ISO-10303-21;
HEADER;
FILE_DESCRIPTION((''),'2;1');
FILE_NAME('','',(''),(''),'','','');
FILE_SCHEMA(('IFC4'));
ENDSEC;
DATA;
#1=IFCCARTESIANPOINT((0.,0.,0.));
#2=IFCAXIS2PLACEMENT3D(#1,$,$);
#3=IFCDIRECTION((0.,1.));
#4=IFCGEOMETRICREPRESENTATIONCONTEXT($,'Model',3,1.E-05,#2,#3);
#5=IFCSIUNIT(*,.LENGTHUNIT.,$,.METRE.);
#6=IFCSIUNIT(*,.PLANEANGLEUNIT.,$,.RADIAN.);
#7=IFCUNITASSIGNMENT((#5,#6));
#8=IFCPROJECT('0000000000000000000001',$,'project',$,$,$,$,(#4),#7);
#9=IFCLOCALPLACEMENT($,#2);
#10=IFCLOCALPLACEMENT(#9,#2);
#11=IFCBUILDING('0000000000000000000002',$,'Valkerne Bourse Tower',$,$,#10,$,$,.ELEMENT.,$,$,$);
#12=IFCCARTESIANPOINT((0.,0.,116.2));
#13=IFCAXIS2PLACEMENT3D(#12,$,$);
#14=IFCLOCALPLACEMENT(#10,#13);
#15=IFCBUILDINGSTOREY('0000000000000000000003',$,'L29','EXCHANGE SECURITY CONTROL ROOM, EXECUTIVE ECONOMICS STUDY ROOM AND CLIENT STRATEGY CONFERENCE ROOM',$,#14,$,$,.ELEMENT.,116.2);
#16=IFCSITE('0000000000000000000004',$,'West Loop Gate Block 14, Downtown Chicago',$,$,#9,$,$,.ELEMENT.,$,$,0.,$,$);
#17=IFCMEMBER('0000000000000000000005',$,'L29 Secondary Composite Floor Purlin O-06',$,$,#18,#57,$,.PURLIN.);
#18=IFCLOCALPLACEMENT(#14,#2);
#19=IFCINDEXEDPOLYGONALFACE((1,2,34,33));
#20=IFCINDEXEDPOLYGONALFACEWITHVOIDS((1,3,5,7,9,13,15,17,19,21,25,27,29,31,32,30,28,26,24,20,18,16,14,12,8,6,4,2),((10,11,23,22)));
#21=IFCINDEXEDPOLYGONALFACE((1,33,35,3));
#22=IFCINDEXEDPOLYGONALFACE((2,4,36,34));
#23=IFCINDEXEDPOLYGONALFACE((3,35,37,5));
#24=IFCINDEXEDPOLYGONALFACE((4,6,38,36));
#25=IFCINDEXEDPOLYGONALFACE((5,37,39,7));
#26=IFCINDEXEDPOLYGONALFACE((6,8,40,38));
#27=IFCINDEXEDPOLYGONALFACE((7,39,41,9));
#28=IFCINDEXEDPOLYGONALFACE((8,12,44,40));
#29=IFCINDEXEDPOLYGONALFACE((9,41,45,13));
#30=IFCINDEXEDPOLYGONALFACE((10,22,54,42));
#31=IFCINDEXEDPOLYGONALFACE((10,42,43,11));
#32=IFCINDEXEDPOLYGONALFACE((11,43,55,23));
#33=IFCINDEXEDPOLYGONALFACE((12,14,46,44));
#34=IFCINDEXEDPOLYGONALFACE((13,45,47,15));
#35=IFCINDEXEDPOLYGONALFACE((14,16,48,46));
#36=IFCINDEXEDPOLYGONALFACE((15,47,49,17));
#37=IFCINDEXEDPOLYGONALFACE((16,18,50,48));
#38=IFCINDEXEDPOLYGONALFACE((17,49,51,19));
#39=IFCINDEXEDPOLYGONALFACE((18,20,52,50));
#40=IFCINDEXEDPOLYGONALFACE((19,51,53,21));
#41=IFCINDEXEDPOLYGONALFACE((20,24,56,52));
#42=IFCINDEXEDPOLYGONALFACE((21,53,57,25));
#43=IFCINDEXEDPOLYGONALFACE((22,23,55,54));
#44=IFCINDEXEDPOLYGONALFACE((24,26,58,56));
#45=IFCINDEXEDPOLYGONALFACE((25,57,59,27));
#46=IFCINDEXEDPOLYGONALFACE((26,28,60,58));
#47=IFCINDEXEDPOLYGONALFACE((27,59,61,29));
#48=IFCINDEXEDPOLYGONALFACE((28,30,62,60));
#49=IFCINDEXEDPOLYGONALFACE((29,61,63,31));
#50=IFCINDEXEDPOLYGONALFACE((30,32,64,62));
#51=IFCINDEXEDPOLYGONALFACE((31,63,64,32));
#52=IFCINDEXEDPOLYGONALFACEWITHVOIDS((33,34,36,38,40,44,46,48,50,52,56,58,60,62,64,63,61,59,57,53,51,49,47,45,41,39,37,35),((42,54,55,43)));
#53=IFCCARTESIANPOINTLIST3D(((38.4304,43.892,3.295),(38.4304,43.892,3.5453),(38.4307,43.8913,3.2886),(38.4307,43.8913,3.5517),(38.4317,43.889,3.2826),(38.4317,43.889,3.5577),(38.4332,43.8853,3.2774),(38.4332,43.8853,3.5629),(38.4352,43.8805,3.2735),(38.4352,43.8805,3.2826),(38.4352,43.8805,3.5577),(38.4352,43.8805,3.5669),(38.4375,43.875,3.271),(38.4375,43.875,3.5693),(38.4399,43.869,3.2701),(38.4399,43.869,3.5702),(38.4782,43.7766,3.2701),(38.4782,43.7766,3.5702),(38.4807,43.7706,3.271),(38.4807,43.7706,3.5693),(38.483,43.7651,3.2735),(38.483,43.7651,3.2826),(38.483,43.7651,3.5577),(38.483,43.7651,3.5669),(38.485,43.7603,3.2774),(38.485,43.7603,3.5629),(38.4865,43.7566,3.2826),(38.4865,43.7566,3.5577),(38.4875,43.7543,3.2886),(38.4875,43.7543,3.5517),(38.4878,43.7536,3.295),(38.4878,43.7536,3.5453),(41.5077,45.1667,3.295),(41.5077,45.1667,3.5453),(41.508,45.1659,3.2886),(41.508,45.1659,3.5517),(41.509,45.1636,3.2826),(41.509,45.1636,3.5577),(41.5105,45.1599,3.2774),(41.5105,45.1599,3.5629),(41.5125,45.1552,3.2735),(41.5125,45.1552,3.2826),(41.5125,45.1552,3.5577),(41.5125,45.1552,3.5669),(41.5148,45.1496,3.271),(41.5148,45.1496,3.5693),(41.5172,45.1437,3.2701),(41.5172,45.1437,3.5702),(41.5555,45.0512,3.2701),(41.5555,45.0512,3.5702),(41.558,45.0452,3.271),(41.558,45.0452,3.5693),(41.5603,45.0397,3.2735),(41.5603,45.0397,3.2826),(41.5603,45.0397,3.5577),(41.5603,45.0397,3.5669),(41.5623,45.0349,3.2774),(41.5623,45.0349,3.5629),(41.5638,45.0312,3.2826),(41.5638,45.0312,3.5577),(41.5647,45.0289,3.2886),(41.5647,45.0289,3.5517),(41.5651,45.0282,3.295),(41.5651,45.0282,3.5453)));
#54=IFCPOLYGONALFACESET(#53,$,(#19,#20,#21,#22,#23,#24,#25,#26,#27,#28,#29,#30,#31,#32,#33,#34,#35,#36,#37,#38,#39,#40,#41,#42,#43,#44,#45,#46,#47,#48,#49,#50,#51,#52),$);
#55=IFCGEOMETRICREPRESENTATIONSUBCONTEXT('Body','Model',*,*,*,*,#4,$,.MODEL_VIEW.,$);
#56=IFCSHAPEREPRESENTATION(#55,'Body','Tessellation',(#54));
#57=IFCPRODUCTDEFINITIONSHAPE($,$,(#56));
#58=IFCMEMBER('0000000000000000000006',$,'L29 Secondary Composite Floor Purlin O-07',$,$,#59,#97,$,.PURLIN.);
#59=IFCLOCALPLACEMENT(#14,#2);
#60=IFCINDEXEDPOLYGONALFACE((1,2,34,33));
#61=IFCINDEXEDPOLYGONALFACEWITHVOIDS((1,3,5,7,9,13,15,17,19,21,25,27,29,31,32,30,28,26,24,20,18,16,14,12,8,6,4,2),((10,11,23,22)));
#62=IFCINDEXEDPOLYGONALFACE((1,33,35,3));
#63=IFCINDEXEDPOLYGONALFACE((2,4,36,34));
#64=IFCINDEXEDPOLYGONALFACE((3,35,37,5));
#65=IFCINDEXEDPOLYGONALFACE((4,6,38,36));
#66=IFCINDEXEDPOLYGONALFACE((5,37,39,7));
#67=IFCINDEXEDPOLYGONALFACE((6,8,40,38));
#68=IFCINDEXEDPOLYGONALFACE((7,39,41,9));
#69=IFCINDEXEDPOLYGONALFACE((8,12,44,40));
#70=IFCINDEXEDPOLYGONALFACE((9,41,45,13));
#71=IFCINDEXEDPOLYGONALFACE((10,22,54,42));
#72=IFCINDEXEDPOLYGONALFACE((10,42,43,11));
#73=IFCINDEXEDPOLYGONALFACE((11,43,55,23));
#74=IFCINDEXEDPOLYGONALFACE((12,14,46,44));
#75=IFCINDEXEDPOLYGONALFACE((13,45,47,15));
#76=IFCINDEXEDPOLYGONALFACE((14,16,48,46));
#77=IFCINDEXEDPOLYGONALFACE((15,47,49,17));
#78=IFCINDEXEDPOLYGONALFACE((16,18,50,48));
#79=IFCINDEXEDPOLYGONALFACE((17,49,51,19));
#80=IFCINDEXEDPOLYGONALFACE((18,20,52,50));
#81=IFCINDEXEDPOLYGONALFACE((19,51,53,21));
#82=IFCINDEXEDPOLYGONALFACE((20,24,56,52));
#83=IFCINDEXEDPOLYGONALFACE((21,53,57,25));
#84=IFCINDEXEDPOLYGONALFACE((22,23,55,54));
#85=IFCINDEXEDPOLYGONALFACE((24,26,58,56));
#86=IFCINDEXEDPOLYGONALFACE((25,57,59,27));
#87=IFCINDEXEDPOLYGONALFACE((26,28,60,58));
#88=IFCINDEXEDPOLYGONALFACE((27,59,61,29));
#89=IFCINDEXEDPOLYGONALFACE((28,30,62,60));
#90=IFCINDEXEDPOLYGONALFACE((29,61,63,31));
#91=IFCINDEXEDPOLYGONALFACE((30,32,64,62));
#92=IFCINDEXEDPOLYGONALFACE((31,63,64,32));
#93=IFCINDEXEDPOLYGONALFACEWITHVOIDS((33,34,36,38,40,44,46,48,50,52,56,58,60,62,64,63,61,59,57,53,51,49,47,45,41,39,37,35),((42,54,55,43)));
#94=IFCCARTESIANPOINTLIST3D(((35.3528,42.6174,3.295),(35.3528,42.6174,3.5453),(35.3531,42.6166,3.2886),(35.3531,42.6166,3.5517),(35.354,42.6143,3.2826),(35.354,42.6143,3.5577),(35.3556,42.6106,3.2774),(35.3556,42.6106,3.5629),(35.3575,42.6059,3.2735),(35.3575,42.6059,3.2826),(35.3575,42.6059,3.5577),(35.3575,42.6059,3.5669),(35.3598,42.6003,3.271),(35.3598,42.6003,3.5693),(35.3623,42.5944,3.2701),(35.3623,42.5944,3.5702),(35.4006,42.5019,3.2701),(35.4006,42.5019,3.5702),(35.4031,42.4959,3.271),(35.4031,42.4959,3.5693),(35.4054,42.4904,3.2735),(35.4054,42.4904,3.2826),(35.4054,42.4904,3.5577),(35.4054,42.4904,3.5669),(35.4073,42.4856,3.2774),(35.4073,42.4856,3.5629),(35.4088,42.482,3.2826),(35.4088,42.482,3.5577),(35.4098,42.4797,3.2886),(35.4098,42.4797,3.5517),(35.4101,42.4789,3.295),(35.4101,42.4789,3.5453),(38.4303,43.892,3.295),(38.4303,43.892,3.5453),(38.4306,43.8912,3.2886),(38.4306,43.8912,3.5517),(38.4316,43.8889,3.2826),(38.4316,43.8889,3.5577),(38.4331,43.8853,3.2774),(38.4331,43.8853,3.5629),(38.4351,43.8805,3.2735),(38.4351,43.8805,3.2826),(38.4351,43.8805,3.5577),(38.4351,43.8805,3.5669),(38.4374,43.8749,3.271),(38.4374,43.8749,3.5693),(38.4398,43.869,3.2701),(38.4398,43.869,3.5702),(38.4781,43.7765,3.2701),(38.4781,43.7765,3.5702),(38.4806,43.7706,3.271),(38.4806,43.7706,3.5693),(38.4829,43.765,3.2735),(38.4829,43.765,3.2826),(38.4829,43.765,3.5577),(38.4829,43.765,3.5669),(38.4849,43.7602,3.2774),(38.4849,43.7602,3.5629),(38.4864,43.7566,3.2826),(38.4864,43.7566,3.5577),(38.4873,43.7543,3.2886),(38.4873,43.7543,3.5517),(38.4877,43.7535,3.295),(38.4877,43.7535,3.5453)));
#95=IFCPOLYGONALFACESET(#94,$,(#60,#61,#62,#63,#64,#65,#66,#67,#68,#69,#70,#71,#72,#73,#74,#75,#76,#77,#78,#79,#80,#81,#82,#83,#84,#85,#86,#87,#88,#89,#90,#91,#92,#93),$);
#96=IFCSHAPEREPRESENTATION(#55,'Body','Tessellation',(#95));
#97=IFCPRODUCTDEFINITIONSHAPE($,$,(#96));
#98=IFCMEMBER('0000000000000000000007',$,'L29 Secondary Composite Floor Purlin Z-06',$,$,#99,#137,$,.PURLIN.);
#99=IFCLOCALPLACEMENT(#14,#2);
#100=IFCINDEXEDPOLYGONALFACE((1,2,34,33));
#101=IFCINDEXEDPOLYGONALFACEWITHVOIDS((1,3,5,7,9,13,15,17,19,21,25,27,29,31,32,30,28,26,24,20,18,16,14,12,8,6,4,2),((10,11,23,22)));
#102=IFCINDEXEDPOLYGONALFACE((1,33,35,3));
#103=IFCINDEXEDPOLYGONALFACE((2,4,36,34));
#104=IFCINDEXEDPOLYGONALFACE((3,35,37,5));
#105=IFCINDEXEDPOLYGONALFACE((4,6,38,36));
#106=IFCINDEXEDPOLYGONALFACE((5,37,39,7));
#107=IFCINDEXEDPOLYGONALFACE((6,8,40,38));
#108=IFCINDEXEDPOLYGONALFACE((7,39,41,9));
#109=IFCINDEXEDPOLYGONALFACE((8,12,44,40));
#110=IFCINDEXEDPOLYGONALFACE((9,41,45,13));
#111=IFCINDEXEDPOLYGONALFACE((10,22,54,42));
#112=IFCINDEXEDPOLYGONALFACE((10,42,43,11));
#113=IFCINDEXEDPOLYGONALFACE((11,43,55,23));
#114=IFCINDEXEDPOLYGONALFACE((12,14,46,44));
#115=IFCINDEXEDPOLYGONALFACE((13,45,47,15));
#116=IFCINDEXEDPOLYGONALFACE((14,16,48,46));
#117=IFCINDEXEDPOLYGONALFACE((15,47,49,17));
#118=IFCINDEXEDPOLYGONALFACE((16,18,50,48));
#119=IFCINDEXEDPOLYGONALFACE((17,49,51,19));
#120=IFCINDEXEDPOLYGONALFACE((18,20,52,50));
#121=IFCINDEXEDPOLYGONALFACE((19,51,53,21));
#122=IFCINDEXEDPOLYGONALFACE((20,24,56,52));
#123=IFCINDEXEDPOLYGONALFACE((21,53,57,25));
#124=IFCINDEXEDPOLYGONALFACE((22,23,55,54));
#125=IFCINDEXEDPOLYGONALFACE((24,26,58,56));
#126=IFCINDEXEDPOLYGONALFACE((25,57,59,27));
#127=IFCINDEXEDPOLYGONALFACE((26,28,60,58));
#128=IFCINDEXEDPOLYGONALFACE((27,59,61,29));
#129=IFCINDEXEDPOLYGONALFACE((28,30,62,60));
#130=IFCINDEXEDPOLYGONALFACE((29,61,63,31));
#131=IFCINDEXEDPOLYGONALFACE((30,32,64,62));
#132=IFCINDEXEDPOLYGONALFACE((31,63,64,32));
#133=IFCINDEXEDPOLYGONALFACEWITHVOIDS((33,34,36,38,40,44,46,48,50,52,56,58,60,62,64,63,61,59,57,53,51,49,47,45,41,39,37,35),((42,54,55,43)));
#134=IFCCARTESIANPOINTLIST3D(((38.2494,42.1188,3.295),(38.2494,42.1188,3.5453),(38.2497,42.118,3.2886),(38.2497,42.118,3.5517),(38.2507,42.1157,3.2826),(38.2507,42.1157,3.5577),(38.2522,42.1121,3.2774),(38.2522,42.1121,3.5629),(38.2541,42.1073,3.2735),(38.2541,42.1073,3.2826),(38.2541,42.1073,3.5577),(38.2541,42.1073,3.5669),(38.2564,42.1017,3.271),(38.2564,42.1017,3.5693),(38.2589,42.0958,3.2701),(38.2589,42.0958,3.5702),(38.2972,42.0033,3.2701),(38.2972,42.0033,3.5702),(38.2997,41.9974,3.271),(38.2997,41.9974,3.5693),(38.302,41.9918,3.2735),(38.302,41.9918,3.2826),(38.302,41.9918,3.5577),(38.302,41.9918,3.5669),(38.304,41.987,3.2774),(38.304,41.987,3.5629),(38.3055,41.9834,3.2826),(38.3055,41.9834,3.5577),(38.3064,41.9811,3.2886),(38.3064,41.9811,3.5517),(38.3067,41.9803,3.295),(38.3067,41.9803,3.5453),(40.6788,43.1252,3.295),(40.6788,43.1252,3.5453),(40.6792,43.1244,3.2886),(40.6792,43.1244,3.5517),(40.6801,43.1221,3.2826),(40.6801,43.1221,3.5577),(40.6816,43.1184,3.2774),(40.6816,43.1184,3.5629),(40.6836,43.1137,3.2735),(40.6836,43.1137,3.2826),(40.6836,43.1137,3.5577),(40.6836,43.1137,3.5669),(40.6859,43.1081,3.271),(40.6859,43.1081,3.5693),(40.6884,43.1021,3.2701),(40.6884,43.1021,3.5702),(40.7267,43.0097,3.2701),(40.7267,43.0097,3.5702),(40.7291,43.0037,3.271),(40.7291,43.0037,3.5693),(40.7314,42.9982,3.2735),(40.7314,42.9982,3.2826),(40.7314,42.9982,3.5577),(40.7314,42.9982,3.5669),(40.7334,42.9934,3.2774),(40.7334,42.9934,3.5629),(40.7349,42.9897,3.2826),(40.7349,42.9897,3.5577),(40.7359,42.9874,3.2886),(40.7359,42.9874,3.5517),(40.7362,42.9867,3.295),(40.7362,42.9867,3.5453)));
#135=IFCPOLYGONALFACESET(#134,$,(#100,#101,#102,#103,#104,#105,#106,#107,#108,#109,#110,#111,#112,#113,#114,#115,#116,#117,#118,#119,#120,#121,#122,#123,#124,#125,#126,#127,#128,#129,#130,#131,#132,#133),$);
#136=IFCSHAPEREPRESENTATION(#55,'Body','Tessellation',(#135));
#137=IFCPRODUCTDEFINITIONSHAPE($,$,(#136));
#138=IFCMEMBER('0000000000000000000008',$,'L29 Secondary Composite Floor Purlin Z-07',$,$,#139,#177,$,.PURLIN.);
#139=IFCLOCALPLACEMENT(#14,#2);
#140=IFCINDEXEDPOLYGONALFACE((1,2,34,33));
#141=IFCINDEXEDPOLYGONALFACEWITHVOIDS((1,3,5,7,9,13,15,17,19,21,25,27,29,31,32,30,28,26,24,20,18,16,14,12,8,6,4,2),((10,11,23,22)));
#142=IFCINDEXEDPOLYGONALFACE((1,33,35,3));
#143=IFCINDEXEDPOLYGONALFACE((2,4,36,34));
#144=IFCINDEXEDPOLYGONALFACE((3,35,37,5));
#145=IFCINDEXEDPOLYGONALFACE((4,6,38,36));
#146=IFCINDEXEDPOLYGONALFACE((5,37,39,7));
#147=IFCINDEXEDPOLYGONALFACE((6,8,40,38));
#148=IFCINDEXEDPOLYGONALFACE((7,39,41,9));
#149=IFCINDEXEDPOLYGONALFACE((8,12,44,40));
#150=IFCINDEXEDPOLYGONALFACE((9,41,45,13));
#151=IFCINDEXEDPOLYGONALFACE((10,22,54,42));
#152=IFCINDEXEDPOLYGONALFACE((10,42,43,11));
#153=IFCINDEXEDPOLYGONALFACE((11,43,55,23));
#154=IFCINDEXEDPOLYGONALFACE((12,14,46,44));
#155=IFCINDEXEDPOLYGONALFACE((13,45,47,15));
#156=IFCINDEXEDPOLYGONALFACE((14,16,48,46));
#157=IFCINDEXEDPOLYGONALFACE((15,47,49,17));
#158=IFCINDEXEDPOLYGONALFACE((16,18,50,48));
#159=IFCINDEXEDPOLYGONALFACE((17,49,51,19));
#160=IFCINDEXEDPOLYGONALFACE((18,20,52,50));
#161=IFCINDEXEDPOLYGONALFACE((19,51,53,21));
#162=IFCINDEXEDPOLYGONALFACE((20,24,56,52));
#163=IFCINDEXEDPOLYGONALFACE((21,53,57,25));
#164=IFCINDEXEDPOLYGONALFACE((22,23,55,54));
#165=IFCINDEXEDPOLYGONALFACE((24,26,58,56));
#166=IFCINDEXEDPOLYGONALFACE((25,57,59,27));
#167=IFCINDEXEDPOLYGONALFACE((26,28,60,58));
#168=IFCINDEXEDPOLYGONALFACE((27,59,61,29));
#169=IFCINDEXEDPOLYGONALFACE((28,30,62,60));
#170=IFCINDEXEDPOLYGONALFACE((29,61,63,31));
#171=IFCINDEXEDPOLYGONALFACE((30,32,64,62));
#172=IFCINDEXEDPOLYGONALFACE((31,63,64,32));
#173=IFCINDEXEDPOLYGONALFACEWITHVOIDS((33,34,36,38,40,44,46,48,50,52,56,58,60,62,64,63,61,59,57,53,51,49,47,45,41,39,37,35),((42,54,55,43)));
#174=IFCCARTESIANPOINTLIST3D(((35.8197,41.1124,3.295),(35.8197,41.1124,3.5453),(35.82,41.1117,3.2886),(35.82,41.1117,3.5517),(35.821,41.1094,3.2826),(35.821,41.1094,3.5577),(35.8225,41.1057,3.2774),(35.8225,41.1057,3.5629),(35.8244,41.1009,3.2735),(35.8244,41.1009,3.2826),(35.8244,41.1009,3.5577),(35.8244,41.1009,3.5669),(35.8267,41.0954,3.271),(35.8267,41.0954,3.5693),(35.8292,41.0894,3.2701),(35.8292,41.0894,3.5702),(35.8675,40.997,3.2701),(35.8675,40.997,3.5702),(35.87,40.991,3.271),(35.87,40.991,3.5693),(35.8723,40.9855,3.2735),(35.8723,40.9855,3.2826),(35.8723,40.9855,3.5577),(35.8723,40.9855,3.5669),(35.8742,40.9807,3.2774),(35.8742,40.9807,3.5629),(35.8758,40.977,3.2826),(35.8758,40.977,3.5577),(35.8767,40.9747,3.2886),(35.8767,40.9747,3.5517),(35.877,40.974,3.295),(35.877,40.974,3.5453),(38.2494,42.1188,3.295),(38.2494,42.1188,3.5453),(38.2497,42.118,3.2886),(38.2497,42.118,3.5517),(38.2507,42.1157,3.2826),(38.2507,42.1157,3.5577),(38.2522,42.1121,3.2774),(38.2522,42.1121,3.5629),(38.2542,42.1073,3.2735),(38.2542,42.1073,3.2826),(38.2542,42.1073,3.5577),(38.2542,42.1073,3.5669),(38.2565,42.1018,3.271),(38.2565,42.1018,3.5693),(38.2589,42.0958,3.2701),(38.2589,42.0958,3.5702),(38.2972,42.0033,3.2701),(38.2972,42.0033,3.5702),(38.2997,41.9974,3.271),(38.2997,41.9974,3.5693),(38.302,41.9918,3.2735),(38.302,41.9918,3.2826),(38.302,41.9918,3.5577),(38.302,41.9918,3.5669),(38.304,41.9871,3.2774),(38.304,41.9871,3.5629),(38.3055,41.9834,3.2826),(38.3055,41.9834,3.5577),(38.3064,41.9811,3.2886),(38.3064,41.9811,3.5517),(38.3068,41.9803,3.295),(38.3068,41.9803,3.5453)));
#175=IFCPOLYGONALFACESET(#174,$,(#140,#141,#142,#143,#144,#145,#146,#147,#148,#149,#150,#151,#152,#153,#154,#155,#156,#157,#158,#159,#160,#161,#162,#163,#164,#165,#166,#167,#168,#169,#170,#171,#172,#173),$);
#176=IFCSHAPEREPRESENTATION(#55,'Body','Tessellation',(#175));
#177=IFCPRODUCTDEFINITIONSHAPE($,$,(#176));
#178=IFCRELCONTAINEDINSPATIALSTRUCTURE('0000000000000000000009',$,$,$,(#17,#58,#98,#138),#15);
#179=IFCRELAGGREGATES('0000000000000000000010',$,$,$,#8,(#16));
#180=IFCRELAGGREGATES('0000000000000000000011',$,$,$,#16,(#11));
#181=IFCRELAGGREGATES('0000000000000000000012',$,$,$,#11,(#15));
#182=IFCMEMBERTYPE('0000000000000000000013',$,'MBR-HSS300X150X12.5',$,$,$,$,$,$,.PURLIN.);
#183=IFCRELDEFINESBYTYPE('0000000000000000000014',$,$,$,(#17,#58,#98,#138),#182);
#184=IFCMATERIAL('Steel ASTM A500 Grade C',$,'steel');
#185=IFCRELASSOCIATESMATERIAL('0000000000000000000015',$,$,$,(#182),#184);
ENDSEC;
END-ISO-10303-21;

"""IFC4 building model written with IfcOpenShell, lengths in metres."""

from ifc_helpers import new_model, si_unit, direction, frame, origin, origin_2d, place, context, subcontext, project, spatial, hollow_rectangle, extrude, material, material_profile, profile_set, type_object, element, save


model = new_model("IFC4")

# Units and contexts
model_context = context("Model", 3, precision=1e-05, world=origin(), true_north=direction((0.0, 1.0)))
body_context = subcontext(model_context, "Body", "Model", "MODEL_VIEW")
ifc_project = project(units=[si_unit("LENGTHUNIT", "METRE"), si_unit("PLANEANGLEUNIT", "RADIAN")], contexts=[model_context])

# Site, building, storey
site_placement = place(None, origin())
site = spatial("IfcSite", under=ifc_project, at=site_placement, Name="West Loop Gate Block 14, Downtown Chicago", CompositionType="ELEMENT", RefElevation=0.0)
building_placement = place(site_placement, origin())
building = spatial("IfcBuilding", under=site, at=building_placement, Name="Valkerne Bourse Tower", CompositionType="ELEMENT")
storey_placement = place(building_placement, frame((0.0, 0.0, 116.2)))
storey = spatial("IfcBuildingStorey", under=building, at=storey_placement, Name="L29", Description="EXCHANGE SECURITY CONTROL ROOM, EXECUTIVE ECONOMICS STUDY ROOM AND CLIENT STRATEGY CONFERENCE ROOM", CompositionType="ELEMENT", Elevation=116.2)

# Members
ifc_material_1 = material(Name="Steel ASTM A500 Grade C", Category="steel")
ifc_material_profile_1 = material_profile(ifc_material_1, hollow_rectangle(XDim=0.1499, YDim=0.3, WallThickness=0.0125, OuterFilletRadius=0.0249, at=origin_2d()), Name="HSS300X150X12.5")
ifc_profile_set_1 = profile_set([ifc_material_profile_1], Name="Steel ASTM A500 Grade C")
member_type_1 = type_object("IfcMemberType", Name="MBR-HSS300X150X12.5", PredefinedType="PURLIN", material=ifc_profile_set_1)
member_1_placement = place(storey_placement, frame((41.5364, 45.0974, 3.4202), z_axis=(-0.923884, -0.382673, 0.0), x_axis=(0.382673, -0.923884, 0.0)))
element("IfcMember", 1, at=member_1_placement, inside=storey, type_object=member_type_1, Name="L29 Secondary Composite Floor Purlin O-06", PredefinedType="PURLIN", context=body_context, shape_type="SweptSolid", body=[
    extrude(hollow_rectangle(XDim=0.1499, YDim=0.3, WallThickness=0.0125, OuterFilletRadius=0.0249, at=origin_2d()), origin(), (0.0, 0.0, 1.0), 3.3308),
])
member_2_placement = place(storey_placement, frame((38.459, 43.8228, 3.4202), z_axis=(-0.923894, -0.382647, 0.0), x_axis=(0.382647, -0.923894, 0.0)))
element("IfcMember", 2, at=member_2_placement, inside=storey, type_object=member_type_1, Name="L29 Secondary Composite Floor Purlin O-07", PredefinedType="PURLIN", context=body_context, shape_type="SweptSolid", body=[
    extrude(hollow_rectangle(XDim=0.1499, YDim=0.3, WallThickness=0.0125, OuterFilletRadius=0.0249, at=origin_2d()), origin(), (0.0, 0.0, 1.0), 3.3311),
])
member_3_placement = place(storey_placement, frame((40.7075, 43.0559, 3.4202), z_axis=(-0.923874, -0.382696, 0.0), x_axis=(0.382696, -0.923874, 0.0)))
element("IfcMember", 3, at=member_3_placement, inside=storey, type_object=member_type_1, Name="L29 Secondary Composite Floor Purlin Z-06", PredefinedType="PURLIN", context=body_context, shape_type="SweptSolid", body=[
    extrude(hollow_rectangle(XDim=0.1499, YDim=0.3, WallThickness=0.0125, OuterFilletRadius=0.0249, at=origin_2d()), origin(), (0.0, 0.0, 1.0), 2.6296),
])
member_4_placement = place(storey_placement, frame((38.2781, 42.0496, 3.4202), z_axis=(-0.923888, -0.382663, 0.0), x_axis=(0.382663, -0.923888, 0.0)))
element("IfcMember", 4, at=member_4_placement, inside=storey, type_object=member_type_1, Name="L29 Secondary Composite Floor Purlin Z-07", PredefinedType="PURLIN", context=body_context, shape_type="SweptSolid", body=[
    extrude(hollow_rectangle(XDim=0.1499, YDim=0.3, WallThickness=0.0125, OuterFilletRadius=0.0249, at=origin_2d()), origin(), (0.0, 0.0, 1.0), 2.6299),
])

save(model, "model.ifc")
